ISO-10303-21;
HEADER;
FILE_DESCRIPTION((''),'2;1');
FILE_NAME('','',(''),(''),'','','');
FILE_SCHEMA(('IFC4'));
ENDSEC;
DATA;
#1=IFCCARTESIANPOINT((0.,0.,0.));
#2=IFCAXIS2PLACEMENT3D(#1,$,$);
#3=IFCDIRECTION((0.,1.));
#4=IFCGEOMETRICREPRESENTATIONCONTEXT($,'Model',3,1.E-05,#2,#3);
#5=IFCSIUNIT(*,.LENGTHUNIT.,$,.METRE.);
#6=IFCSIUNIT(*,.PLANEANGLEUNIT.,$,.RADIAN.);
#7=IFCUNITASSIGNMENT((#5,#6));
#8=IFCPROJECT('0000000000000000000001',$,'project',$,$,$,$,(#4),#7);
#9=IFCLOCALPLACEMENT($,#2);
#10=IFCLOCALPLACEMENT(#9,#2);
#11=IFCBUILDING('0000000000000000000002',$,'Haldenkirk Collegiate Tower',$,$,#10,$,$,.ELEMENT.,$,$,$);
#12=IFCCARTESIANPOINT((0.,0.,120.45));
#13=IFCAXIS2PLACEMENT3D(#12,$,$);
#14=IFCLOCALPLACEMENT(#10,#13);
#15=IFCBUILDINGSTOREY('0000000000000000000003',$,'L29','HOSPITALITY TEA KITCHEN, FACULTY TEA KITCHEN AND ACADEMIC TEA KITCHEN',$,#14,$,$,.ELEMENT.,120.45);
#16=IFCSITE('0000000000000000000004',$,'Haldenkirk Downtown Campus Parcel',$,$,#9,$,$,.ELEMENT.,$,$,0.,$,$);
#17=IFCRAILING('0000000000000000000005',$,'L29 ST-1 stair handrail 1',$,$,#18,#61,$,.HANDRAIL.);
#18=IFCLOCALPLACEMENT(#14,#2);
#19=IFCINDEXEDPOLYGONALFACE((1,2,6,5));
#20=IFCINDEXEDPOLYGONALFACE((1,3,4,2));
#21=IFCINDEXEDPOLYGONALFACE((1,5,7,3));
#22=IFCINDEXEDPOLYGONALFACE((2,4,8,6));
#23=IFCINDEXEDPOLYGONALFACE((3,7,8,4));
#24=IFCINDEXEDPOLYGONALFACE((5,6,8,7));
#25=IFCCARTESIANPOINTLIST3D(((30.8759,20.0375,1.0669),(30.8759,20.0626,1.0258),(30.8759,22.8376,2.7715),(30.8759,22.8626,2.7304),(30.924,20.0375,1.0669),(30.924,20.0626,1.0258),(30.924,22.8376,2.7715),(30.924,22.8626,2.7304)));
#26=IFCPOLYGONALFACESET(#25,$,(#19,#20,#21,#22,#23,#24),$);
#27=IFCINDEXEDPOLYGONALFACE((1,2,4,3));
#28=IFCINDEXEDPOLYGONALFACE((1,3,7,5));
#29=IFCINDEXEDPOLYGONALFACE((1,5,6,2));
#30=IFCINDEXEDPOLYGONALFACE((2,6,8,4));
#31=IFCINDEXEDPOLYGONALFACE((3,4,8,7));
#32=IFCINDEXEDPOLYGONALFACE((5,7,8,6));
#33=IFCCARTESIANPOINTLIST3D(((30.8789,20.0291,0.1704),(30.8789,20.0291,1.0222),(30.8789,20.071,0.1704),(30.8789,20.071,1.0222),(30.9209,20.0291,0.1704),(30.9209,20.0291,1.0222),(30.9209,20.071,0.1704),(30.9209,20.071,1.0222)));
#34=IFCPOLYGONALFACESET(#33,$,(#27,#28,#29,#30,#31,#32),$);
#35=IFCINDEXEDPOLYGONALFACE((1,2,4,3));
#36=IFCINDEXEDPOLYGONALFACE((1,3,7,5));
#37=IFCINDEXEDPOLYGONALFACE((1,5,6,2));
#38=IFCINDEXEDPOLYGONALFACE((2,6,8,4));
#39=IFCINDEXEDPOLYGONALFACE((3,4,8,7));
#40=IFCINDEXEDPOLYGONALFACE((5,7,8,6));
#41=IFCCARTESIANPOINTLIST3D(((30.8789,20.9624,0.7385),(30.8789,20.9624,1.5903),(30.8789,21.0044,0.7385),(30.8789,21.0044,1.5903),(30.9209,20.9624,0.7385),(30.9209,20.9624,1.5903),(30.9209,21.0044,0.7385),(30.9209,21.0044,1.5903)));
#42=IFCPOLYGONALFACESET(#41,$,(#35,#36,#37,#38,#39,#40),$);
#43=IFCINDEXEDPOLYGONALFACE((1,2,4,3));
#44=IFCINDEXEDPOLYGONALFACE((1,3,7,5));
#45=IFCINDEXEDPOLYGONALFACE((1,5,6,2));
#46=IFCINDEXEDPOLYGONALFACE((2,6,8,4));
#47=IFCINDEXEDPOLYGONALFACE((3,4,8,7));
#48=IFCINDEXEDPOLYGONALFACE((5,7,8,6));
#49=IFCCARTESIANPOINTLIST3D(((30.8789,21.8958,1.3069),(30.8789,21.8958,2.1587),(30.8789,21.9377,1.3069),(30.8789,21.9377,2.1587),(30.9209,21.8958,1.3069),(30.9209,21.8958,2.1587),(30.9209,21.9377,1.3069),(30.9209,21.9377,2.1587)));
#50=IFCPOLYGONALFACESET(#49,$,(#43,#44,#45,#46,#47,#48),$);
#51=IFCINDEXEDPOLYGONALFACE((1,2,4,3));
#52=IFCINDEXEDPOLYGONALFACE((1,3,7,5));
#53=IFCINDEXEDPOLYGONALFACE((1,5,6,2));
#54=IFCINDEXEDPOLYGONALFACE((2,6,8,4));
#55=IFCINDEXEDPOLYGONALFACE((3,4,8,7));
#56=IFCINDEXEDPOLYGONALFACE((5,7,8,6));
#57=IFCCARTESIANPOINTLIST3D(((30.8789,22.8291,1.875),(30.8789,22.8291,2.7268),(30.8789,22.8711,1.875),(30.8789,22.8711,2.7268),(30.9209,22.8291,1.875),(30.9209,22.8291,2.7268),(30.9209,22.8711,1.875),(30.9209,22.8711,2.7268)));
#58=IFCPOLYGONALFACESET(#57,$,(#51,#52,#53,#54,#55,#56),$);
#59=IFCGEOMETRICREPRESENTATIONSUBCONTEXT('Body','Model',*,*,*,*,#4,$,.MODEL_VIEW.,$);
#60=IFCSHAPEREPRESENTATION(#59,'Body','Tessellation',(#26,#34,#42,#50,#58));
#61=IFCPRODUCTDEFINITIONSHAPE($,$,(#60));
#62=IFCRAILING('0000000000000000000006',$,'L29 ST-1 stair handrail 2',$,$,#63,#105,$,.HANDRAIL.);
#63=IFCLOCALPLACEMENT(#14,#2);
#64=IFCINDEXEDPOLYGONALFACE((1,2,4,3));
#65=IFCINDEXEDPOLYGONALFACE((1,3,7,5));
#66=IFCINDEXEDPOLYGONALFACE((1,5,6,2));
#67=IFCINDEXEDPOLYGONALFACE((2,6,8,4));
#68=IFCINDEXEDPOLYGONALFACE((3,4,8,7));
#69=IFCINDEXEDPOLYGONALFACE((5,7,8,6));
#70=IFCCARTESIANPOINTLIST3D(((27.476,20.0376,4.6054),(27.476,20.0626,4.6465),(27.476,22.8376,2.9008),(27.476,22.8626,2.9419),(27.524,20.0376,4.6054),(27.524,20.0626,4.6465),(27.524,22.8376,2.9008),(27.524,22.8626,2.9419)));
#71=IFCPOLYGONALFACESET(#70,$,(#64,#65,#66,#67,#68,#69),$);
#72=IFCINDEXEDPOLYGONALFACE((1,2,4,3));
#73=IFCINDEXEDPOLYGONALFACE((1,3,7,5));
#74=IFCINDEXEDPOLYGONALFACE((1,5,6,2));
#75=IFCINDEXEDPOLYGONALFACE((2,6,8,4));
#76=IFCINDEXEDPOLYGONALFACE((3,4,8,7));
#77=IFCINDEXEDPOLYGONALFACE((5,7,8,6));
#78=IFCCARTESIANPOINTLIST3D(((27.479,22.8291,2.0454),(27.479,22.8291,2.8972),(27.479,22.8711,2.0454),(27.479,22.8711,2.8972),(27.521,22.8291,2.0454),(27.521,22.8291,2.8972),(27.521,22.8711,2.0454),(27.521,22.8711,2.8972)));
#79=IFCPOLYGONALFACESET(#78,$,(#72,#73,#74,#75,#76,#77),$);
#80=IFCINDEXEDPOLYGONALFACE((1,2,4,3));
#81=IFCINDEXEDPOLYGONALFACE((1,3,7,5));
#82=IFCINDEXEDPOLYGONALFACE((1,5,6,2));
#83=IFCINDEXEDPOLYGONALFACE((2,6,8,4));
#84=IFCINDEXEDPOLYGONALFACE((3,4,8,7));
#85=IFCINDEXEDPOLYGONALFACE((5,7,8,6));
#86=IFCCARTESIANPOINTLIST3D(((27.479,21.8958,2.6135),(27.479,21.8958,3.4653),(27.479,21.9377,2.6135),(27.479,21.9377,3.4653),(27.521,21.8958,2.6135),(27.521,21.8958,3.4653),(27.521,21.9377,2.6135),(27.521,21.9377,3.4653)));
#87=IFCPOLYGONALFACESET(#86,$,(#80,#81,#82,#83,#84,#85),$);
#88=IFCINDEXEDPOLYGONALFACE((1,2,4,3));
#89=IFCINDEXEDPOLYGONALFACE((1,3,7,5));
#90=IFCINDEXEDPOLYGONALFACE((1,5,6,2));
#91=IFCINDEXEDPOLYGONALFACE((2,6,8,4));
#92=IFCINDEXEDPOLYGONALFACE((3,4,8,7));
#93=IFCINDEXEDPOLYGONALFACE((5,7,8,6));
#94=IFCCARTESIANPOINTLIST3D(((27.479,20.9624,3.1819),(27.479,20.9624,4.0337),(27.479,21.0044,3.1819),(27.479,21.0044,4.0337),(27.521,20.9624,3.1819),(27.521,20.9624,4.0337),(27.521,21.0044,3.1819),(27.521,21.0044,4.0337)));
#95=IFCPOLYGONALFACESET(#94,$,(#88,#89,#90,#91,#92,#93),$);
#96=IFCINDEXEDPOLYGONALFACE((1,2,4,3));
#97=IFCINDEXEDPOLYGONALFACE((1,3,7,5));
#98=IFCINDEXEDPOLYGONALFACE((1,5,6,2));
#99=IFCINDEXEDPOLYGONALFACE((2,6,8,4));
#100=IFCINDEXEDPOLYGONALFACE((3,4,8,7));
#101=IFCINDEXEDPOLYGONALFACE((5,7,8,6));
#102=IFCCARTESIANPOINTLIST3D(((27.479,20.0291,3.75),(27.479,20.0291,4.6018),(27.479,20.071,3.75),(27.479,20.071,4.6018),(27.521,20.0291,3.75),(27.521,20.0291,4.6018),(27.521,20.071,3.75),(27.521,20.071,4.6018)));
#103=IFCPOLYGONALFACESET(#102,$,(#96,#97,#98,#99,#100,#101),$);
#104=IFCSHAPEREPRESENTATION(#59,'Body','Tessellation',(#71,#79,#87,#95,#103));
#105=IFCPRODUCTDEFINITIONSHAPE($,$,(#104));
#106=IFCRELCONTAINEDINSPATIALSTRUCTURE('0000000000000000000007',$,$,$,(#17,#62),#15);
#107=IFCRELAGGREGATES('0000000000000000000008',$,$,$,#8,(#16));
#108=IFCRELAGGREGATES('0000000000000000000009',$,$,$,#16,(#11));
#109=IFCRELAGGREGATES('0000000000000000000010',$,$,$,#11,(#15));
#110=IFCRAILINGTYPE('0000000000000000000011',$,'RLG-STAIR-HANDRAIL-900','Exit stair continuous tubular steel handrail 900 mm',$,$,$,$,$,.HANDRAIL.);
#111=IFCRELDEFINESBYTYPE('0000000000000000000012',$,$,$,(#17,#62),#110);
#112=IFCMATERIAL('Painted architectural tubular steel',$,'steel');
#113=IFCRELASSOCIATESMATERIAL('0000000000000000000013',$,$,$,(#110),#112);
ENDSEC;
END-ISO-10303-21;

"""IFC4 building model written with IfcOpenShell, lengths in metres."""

from ifc_helpers import new_model, si_unit, direction, frame, origin, origin_2d, place, context, subcontext, project, spatial, rectangle, extrude, material, type_object, element, save


model = new_model("IFC4")

# Units and contexts
model_context = context("Model", 3, precision=1e-05, world=origin(), true_north=direction((0.0, 1.0)))
body_context = subcontext(model_context, "Body", "Model", "MODEL_VIEW")
ifc_project = project(units=[si_unit("LENGTHUNIT", "METRE"), si_unit("PLANEANGLEUNIT", "RADIAN")], contexts=[model_context])

# Site, building, storey
site_placement = place(None, origin())
site = spatial("IfcSite", under=ifc_project, at=site_placement, Name="Haldenkirk Downtown Campus Parcel", CompositionType="ELEMENT", RefElevation=0.0)
building_placement = place(site_placement, origin())
building = spatial("IfcBuilding", under=site, at=building_placement, Name="Haldenkirk Collegiate Tower", CompositionType="ELEMENT")
storey_placement = place(building_placement, frame((0.0, 0.0, 120.45)))
storey = spatial("IfcBuildingStorey", under=building, at=storey_placement, Name="L29", Description="HOSPITALITY TEA KITCHEN, FACULTY TEA KITCHEN AND ACADEMIC TEA KITCHEN", CompositionType="ELEMENT", Elevation=120.45)

# Railings
ifc_material_1 = material(Name="Painted architectural tubular steel", Category="steel")
railing_type_1 = type_object("IfcRailingType", Name="RLG-STAIR-HANDRAIL-900", Description="Exit stair continuous tubular steel handrail 900 mm", PredefinedType="HANDRAIL", material=ifc_material_1)
railing_1_placement = place(storey_placement, frame((30.8999, 20.05, 0.1704)))
element("IfcRailing", 1, at=railing_1_placement, inside=storey, type_object=railing_type_1, Name="L29 ST-1 stair handrail 1", PredefinedType="HANDRAIL", context=body_context, shape_type="SweptSolid", body=[
    extrude(rectangle(XDim=0.0481, YDim=0.0481, at=origin_2d()), frame((0.0, 0.0, 0.876), z_axis=(0.0, 0.85417, 0.519994), x_axis=(-1.0, 0.0, 0.0)), (0.0, 0.0, 1.0), 3.2781),
    extrude(rectangle(XDim=0.042, YDim=0.042, at=origin_2d()), origin(), (0.0, 0.0, 1.0), 0.8518),
    extrude(rectangle(XDim=0.042, YDim=0.042, at=origin_2d()), frame((0.0, 0.9333, 0.5681)), (0.0, 0.0, 1.0), 0.8518),
    extrude(rectangle(XDim=0.042, YDim=0.042, at=origin_2d()), frame((0.0, 1.8667, 1.1365)), (0.0, 0.0, 1.0), 0.8518),
    extrude(rectangle(XDim=0.042, YDim=0.042, at=origin_2d()), frame((0.0, 2.8, 1.7046)), (0.0, 0.0, 1.0), 0.8518),
])
railing_2_placement = place(storey_placement, frame((27.5, 22.8501, 2.0454)))
element("IfcRailing", 2, at=railing_2_placement, inside=storey, type_object=railing_type_1, Name="L29 ST-1 stair handrail 2", PredefinedType="HANDRAIL", context=body_context, shape_type="SweptSolid", body=[
    extrude(rectangle(XDim=0.0481, YDim=0.0481, at=origin_2d()), frame((0.0, 0.0, 0.876), z_axis=(0.0, -0.85417, 0.519994), x_axis=(1.0, 0.0, 0.0)), (0.0, 0.0, 1.0), 3.2781),
    extrude(rectangle(XDim=0.042, YDim=0.042, at=origin_2d()), origin(), (0.0, 0.0, 1.0), 0.8518),
    extrude(rectangle(XDim=0.042, YDim=0.042, at=origin_2d()), frame((0.0, -0.9333, 0.5681)), (0.0, 0.0, 1.0), 0.8518),
    extrude(rectangle(XDim=0.042, YDim=0.042, at=origin_2d()), frame((0.0, -1.8667, 1.1365)), (0.0, 0.0, 1.0), 0.8518),
    extrude(rectangle(XDim=0.042, YDim=0.042, at=origin_2d()), frame((0.0, -2.8, 1.7046)), (0.0, 0.0, 1.0), 0.8518),
])

save(model, "model.ifc")
